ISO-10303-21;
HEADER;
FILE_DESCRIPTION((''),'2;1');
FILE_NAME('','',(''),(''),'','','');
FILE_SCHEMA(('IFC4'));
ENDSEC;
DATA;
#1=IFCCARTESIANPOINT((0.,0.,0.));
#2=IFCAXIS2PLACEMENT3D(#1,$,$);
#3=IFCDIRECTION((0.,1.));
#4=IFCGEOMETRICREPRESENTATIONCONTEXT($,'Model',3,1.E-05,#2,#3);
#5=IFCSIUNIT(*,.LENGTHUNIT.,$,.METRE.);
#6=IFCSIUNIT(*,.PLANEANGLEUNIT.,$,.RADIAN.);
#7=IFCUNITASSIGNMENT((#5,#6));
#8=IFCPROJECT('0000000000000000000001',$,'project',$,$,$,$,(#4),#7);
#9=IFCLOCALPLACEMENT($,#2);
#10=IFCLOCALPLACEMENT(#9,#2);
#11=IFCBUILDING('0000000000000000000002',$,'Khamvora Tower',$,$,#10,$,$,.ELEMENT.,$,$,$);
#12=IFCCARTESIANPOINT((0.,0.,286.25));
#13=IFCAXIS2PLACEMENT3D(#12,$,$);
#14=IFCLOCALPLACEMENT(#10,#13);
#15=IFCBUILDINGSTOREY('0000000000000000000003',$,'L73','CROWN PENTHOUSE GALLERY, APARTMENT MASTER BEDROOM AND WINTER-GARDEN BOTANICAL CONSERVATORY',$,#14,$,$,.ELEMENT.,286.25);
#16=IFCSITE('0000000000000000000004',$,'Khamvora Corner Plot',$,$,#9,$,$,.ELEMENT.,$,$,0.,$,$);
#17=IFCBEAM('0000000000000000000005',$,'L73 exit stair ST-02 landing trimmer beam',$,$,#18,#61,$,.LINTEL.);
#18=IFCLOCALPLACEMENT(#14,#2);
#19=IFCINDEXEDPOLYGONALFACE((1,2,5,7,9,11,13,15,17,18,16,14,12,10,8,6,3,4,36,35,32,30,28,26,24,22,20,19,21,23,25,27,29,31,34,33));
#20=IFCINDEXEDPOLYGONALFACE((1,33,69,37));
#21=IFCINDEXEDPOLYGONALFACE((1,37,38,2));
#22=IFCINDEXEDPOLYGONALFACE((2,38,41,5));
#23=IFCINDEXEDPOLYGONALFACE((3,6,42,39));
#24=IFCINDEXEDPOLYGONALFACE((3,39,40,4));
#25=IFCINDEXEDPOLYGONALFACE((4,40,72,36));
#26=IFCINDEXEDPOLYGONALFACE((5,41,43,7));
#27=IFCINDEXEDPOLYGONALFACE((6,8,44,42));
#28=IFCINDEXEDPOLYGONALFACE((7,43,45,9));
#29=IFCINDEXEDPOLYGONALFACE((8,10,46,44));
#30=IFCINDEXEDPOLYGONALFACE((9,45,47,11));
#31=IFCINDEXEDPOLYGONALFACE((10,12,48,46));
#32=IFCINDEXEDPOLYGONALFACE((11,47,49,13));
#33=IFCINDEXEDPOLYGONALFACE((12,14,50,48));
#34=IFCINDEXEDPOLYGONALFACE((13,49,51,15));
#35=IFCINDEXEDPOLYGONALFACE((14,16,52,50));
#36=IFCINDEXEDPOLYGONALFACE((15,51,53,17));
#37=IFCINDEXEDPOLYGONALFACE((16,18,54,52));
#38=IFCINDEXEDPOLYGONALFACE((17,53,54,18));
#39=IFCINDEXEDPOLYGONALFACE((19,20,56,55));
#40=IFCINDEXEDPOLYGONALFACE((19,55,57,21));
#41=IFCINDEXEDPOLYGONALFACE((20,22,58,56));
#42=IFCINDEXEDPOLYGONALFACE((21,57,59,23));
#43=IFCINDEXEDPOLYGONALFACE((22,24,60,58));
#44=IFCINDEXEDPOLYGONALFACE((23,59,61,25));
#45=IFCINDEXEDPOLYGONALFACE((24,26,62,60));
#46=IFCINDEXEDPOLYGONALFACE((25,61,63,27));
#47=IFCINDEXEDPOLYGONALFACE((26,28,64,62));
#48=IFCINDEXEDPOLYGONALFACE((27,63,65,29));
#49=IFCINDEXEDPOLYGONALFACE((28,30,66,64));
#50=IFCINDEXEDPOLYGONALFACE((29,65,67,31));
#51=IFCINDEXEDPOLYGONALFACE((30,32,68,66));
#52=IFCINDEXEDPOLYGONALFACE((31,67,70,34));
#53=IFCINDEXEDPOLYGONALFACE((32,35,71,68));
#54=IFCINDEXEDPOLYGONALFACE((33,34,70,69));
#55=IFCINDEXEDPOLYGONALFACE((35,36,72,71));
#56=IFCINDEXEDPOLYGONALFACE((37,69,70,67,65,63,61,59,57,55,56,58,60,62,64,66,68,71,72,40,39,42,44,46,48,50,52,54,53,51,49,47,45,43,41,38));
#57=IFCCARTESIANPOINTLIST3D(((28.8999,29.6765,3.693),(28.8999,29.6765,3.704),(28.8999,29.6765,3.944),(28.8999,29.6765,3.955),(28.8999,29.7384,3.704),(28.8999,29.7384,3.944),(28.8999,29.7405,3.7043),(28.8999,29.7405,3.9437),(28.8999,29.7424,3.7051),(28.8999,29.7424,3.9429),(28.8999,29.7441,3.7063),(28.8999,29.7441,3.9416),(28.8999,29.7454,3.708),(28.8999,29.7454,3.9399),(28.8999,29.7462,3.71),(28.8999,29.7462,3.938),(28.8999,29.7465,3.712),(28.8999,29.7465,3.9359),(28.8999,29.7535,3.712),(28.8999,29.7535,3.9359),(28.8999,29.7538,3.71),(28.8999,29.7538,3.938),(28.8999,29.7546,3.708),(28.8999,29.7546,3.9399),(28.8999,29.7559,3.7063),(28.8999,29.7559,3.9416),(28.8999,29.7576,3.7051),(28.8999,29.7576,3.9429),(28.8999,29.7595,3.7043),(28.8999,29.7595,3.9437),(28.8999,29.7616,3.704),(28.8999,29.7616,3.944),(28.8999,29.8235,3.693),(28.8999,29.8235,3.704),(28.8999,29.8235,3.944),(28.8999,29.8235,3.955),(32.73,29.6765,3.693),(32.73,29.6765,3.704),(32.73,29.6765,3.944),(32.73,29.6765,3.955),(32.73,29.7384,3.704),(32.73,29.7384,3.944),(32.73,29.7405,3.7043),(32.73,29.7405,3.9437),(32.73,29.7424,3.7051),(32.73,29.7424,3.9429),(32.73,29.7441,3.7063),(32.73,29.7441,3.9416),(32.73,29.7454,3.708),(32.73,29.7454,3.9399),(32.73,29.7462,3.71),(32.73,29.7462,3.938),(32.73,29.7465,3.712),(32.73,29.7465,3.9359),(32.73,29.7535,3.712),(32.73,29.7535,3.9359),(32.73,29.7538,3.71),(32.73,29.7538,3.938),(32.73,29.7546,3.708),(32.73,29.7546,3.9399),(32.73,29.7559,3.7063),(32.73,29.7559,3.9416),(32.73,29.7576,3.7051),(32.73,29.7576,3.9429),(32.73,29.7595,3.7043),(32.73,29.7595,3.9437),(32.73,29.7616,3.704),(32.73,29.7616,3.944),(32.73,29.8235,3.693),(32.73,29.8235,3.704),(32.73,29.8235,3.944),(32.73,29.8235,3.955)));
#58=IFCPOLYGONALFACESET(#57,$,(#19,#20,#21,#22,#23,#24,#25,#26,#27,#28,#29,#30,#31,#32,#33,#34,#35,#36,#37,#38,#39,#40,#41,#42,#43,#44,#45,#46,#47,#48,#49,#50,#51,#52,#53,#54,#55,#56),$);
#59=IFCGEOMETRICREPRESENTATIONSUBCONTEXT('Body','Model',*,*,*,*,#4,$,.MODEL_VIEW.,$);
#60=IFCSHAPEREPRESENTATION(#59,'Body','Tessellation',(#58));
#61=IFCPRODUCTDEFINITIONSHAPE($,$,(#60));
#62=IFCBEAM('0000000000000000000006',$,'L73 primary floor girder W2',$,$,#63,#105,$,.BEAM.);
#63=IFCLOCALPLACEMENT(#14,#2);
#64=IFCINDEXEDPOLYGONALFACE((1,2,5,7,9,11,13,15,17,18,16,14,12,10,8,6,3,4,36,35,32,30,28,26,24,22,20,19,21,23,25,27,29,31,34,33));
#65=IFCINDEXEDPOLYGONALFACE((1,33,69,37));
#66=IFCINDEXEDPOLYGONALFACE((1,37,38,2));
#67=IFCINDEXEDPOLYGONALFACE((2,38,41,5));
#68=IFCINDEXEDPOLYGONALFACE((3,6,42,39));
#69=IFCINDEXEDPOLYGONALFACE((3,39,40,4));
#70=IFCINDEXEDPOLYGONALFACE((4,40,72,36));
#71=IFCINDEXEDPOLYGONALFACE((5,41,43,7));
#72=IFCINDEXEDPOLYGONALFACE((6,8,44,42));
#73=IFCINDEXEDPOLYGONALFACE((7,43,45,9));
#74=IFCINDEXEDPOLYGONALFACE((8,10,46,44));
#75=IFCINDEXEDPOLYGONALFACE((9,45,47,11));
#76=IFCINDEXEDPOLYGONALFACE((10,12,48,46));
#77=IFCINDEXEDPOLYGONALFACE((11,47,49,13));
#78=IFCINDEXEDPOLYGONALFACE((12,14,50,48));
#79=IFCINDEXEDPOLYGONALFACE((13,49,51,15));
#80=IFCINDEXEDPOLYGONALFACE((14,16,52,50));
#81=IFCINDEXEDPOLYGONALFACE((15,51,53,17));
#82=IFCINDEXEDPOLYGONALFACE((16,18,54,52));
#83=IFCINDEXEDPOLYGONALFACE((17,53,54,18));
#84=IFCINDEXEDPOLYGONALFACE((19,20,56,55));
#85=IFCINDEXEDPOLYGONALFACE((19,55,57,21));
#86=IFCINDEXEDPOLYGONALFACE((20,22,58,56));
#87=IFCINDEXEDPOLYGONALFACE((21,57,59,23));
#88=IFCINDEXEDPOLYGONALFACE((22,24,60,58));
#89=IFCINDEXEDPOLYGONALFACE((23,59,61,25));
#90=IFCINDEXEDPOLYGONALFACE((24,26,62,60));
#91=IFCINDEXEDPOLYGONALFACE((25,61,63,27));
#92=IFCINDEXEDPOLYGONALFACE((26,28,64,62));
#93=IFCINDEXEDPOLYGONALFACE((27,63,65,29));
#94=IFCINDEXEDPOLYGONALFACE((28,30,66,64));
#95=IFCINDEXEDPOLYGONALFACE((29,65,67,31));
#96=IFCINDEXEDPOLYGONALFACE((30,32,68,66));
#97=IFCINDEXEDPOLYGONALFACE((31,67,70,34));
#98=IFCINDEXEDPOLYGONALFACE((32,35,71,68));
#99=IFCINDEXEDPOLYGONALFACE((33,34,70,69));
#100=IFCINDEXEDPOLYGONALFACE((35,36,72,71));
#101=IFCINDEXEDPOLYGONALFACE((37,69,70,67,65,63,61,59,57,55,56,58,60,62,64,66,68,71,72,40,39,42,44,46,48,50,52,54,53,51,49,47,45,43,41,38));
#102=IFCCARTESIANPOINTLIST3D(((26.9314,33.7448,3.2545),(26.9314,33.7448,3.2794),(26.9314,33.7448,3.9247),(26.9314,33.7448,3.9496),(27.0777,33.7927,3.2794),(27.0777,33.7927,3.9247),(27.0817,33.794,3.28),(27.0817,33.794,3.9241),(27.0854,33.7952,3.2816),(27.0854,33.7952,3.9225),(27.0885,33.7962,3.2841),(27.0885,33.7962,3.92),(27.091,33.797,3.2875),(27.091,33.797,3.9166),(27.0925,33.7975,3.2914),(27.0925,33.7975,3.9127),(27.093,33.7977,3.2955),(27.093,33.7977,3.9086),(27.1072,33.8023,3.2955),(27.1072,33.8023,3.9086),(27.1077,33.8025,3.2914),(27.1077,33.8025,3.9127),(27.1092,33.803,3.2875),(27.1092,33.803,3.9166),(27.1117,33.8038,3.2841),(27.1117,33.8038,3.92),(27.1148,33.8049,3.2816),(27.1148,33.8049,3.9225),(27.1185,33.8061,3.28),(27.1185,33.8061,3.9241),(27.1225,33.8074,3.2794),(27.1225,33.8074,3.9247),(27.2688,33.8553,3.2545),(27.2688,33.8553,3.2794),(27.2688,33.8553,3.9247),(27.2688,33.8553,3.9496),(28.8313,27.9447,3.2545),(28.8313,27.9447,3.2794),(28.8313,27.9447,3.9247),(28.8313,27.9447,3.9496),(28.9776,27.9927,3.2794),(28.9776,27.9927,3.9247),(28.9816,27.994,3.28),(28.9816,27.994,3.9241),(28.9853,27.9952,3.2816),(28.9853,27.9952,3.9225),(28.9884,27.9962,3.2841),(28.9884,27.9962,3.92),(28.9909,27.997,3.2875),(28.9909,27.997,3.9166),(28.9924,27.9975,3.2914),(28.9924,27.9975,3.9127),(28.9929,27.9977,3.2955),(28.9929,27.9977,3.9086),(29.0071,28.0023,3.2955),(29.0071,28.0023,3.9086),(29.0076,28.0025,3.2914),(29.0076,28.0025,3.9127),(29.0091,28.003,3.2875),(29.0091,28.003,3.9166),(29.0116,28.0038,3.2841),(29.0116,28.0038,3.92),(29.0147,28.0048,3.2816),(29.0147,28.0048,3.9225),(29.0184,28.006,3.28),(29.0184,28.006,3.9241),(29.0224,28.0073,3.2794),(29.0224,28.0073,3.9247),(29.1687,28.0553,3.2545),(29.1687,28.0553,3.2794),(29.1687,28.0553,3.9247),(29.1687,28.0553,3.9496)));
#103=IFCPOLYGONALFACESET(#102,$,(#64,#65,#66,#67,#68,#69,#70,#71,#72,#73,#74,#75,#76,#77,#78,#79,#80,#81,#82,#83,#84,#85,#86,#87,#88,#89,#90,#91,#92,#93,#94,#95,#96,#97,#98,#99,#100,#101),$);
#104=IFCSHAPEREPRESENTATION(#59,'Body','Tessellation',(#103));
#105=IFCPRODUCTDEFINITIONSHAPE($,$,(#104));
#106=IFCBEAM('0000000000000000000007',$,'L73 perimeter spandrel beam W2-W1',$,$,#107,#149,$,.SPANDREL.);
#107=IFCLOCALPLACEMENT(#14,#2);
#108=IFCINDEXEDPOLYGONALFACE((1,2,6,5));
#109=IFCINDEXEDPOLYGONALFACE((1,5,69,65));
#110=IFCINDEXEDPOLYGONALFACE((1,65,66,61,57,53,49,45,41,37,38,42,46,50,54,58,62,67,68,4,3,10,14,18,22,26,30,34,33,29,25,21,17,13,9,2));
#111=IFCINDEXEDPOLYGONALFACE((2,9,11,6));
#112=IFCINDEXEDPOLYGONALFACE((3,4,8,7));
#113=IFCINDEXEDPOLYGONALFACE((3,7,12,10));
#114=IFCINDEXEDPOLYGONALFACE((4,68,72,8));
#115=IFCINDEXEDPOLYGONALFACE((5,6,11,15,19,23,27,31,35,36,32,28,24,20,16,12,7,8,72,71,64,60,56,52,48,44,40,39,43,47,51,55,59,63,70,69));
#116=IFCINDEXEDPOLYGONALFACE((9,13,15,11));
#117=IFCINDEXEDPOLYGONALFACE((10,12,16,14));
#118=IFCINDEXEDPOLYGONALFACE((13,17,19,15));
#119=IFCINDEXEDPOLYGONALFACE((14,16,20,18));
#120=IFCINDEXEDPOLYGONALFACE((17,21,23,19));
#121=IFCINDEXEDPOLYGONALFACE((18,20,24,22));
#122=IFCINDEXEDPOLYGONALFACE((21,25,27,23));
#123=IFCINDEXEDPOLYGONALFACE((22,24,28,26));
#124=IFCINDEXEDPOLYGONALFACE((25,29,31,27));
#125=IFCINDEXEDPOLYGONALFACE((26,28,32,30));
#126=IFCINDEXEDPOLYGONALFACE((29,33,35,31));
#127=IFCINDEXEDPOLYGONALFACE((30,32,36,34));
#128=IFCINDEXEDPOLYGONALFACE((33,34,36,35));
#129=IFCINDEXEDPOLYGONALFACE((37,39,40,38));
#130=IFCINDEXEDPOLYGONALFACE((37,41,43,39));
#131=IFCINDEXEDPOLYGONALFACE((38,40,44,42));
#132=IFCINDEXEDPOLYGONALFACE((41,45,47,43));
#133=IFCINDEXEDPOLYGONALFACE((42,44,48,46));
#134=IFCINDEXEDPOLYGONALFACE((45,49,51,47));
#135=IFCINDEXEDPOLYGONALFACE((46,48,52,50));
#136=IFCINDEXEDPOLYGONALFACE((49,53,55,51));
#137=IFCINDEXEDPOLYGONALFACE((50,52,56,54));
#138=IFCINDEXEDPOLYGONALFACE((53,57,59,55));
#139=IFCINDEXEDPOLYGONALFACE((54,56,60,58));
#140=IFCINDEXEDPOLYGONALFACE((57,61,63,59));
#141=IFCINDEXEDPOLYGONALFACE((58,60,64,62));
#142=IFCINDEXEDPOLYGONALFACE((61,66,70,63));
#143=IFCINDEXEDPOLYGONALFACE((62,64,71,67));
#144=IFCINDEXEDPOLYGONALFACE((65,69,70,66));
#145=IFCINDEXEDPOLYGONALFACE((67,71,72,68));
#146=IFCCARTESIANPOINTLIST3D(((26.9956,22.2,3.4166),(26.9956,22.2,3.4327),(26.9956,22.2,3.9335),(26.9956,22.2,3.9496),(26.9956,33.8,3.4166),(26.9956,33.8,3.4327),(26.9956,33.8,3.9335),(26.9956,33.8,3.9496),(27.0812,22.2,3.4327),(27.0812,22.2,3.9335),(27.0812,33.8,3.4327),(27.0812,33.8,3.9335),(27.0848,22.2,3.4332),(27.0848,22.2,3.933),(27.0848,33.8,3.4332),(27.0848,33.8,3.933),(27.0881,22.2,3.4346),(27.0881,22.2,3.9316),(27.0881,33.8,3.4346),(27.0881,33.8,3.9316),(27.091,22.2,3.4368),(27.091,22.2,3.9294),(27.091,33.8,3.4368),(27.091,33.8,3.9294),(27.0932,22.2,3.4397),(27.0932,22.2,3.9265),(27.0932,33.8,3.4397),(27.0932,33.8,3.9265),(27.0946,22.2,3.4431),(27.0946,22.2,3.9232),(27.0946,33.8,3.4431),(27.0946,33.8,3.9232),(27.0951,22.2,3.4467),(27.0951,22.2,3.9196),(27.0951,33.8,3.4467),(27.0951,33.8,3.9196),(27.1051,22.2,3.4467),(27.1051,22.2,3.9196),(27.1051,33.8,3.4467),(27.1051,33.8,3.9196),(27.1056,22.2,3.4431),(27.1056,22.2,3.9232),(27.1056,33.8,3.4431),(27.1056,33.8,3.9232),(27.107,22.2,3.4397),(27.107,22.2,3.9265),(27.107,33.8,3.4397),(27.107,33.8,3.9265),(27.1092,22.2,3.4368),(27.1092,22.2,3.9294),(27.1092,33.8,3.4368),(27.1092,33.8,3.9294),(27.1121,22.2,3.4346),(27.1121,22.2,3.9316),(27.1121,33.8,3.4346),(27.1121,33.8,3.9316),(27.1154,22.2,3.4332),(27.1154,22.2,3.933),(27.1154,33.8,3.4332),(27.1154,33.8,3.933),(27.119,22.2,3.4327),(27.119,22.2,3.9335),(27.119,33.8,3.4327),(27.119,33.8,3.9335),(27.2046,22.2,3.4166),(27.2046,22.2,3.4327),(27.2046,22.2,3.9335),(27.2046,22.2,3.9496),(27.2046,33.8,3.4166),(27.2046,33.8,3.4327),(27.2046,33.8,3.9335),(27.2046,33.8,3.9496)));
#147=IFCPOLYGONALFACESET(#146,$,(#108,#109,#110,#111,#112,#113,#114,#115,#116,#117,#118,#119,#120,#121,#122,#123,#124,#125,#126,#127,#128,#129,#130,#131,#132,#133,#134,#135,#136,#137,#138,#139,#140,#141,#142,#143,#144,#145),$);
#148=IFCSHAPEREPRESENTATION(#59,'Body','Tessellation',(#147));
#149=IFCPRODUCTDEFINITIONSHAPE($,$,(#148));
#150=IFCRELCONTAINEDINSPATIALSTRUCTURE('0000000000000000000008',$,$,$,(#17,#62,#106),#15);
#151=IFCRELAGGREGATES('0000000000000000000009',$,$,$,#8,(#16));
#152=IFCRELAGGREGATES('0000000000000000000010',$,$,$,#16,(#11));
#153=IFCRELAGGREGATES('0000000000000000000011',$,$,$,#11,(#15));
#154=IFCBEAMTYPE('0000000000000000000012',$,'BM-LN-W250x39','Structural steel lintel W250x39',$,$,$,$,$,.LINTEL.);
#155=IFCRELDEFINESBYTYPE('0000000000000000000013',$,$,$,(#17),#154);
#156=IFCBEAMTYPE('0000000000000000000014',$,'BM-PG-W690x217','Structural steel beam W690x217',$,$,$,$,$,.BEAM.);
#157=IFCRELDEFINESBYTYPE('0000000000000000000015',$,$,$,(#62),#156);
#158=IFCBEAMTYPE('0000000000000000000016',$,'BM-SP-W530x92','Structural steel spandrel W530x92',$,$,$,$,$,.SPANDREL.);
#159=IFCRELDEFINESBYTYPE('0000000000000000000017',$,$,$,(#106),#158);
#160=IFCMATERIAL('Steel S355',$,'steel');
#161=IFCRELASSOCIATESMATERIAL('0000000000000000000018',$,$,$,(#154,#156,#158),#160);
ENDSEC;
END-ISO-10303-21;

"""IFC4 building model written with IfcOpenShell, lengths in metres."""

from ifc_helpers import new_model, si_unit, direction, frame, origin, origin_2d, place, context, subcontext, project, spatial, i_section, extrude, material, material_profile, profile_set, type_object, element, save


model = new_model("IFC4")

# Units and contexts
model_context = context("Model", 3, precision=1e-05, world=origin(), true_north=direction((0.0, 1.0)))
body_context = subcontext(model_context, "Body", "Model", "MODEL_VIEW")
ifc_project = project(units=[si_unit("LENGTHUNIT", "METRE"), si_unit("PLANEANGLEUNIT", "RADIAN")], contexts=[model_context])

# Site, building, storey
site_placement = place(None, origin())
site = spatial("IfcSite", under=ifc_project, at=site_placement, Name="Khamvora Corner Plot", CompositionType="ELEMENT", RefElevation=0.0)
building_placement = place(site_placement, origin())
building = spatial("IfcBuilding", under=site, at=building_placement, Name="Khamvora Tower", CompositionType="ELEMENT")
storey_placement = place(building_placement, frame((0.0, 0.0, 286.25)))
storey = spatial("IfcBuildingStorey", under=building, at=storey_placement, Name="L73", Description="CROWN PENTHOUSE GALLERY, APARTMENT MASTER BEDROOM AND WINTER-GARDEN BOTANICAL CONSERVATORY", CompositionType="ELEMENT", Elevation=286.25)

# Shared definitions
ifc_material_1 = material(Name="Steel S355", Category="steel")

# Beams
ifc_material_profile_1 = material_profile(ifc_material_1, i_section(OverallWidth=0.147, OverallDepth=0.262, WebThickness=0.0071, FlangeThickness=0.011, FilletRadius=0.0081, at=origin_2d()), Name="W250x39")
ifc_profile_set_1 = profile_set([ifc_material_profile_1], Name="Steel S355")
beam_type_1 = type_object("IfcBeamType", Name="BM-LN-W250x39", Description="Structural steel lintel W250x39", PredefinedType="LINTEL", material=ifc_profile_set_1)
beam_1_placement = place(storey_placement, frame((28.8999, 29.75, 3.824), z_axis=(1.0, 0.0, 0.0), x_axis=(0.0, 1.0, 0.0)))
element("IfcBeam", 1, at=beam_1_placement, inside=storey, type_object=beam_type_1, Name="L73 exit stair ST-02 landing trimmer beam", PredefinedType="LINTEL", context=body_context, shape_type="SweptSolid", body=[
    extrude(i_section(OverallWidth=0.147, OverallDepth=0.262, WebThickness=0.0071, FlangeThickness=0.011, FilletRadius=0.0081, at=origin_2d()), origin(), (0.0, 0.0, 1.0), 3.8301),
])
ifc_material_profile_2 = material_profile(ifc_material_1, i_section(OverallWidth=0.355, OverallDepth=0.6951, WebThickness=0.0149, FlangeThickness=0.0249, FilletRadius=0.0161, at=origin_2d()), Name="W690x217")
ifc_profile_set_2 = profile_set([ifc_material_profile_2], Name="Steel S355")
beam_type_2 = type_object("IfcBeamType", Name="BM-PG-W690x217", Description="Structural steel beam W690x217", PredefinedType="BEAM", material=ifc_profile_set_2)
beam_2_placement = place(storey_placement, frame((29.0, 28.0, 3.6021), z_axis=(-0.311291, 0.950315, 0.0), x_axis=(-0.950315, -0.311291, 0.0)))
element("IfcBeam", 2, at=beam_2_placement, inside=storey, type_object=beam_type_2, Name="L73 primary floor girder W2", PredefinedType="BEAM", context=body_context, shape_type="SweptSolid", body=[
    extrude(i_section(OverallWidth=0.355, OverallDepth=0.6951, WebThickness=0.0149, FlangeThickness=0.0249, FilletRadius=0.0161, at=origin_2d()), origin(), (0.0, 0.0, 1.0), 6.1033),
])
ifc_material_profile_3 = material_profile(ifc_material_1, i_section(OverallWidth=0.209, OverallDepth=0.533, WebThickness=0.01, FlangeThickness=0.0161, FilletRadius=0.0139, at=origin_2d()), Name="W530x92")
ifc_profile_set_3 = profile_set([ifc_material_profile_3], Name="Steel S355")
beam_type_3 = type_object("IfcBeamType", Name="BM-SP-W530x92", Description="Structural steel spandrel W530x92", PredefinedType="SPANDREL", material=ifc_profile_set_3)
beam_3_placement = place(storey_placement, frame((27.1001, 33.8, 3.6831), z_axis=(0.0, -1.0, 0.0), x_axis=(1.0, 0.0, 0.0)))
element("IfcBeam", 3, at=beam_3_placement, inside=storey, type_object=beam_type_3, Name="L73 perimeter spandrel beam W2-W1", PredefinedType="SPANDREL", context=body_context, shape_type="SweptSolid", body=[
    extrude(i_section(OverallWidth=0.209, OverallDepth=0.533, WebThickness=0.01, FlangeThickness=0.0161, FilletRadius=0.0139, at=origin_2d()), origin(), (0.0, 0.0, 1.0), 11.6001),
])

save(model, "model.ifc")
